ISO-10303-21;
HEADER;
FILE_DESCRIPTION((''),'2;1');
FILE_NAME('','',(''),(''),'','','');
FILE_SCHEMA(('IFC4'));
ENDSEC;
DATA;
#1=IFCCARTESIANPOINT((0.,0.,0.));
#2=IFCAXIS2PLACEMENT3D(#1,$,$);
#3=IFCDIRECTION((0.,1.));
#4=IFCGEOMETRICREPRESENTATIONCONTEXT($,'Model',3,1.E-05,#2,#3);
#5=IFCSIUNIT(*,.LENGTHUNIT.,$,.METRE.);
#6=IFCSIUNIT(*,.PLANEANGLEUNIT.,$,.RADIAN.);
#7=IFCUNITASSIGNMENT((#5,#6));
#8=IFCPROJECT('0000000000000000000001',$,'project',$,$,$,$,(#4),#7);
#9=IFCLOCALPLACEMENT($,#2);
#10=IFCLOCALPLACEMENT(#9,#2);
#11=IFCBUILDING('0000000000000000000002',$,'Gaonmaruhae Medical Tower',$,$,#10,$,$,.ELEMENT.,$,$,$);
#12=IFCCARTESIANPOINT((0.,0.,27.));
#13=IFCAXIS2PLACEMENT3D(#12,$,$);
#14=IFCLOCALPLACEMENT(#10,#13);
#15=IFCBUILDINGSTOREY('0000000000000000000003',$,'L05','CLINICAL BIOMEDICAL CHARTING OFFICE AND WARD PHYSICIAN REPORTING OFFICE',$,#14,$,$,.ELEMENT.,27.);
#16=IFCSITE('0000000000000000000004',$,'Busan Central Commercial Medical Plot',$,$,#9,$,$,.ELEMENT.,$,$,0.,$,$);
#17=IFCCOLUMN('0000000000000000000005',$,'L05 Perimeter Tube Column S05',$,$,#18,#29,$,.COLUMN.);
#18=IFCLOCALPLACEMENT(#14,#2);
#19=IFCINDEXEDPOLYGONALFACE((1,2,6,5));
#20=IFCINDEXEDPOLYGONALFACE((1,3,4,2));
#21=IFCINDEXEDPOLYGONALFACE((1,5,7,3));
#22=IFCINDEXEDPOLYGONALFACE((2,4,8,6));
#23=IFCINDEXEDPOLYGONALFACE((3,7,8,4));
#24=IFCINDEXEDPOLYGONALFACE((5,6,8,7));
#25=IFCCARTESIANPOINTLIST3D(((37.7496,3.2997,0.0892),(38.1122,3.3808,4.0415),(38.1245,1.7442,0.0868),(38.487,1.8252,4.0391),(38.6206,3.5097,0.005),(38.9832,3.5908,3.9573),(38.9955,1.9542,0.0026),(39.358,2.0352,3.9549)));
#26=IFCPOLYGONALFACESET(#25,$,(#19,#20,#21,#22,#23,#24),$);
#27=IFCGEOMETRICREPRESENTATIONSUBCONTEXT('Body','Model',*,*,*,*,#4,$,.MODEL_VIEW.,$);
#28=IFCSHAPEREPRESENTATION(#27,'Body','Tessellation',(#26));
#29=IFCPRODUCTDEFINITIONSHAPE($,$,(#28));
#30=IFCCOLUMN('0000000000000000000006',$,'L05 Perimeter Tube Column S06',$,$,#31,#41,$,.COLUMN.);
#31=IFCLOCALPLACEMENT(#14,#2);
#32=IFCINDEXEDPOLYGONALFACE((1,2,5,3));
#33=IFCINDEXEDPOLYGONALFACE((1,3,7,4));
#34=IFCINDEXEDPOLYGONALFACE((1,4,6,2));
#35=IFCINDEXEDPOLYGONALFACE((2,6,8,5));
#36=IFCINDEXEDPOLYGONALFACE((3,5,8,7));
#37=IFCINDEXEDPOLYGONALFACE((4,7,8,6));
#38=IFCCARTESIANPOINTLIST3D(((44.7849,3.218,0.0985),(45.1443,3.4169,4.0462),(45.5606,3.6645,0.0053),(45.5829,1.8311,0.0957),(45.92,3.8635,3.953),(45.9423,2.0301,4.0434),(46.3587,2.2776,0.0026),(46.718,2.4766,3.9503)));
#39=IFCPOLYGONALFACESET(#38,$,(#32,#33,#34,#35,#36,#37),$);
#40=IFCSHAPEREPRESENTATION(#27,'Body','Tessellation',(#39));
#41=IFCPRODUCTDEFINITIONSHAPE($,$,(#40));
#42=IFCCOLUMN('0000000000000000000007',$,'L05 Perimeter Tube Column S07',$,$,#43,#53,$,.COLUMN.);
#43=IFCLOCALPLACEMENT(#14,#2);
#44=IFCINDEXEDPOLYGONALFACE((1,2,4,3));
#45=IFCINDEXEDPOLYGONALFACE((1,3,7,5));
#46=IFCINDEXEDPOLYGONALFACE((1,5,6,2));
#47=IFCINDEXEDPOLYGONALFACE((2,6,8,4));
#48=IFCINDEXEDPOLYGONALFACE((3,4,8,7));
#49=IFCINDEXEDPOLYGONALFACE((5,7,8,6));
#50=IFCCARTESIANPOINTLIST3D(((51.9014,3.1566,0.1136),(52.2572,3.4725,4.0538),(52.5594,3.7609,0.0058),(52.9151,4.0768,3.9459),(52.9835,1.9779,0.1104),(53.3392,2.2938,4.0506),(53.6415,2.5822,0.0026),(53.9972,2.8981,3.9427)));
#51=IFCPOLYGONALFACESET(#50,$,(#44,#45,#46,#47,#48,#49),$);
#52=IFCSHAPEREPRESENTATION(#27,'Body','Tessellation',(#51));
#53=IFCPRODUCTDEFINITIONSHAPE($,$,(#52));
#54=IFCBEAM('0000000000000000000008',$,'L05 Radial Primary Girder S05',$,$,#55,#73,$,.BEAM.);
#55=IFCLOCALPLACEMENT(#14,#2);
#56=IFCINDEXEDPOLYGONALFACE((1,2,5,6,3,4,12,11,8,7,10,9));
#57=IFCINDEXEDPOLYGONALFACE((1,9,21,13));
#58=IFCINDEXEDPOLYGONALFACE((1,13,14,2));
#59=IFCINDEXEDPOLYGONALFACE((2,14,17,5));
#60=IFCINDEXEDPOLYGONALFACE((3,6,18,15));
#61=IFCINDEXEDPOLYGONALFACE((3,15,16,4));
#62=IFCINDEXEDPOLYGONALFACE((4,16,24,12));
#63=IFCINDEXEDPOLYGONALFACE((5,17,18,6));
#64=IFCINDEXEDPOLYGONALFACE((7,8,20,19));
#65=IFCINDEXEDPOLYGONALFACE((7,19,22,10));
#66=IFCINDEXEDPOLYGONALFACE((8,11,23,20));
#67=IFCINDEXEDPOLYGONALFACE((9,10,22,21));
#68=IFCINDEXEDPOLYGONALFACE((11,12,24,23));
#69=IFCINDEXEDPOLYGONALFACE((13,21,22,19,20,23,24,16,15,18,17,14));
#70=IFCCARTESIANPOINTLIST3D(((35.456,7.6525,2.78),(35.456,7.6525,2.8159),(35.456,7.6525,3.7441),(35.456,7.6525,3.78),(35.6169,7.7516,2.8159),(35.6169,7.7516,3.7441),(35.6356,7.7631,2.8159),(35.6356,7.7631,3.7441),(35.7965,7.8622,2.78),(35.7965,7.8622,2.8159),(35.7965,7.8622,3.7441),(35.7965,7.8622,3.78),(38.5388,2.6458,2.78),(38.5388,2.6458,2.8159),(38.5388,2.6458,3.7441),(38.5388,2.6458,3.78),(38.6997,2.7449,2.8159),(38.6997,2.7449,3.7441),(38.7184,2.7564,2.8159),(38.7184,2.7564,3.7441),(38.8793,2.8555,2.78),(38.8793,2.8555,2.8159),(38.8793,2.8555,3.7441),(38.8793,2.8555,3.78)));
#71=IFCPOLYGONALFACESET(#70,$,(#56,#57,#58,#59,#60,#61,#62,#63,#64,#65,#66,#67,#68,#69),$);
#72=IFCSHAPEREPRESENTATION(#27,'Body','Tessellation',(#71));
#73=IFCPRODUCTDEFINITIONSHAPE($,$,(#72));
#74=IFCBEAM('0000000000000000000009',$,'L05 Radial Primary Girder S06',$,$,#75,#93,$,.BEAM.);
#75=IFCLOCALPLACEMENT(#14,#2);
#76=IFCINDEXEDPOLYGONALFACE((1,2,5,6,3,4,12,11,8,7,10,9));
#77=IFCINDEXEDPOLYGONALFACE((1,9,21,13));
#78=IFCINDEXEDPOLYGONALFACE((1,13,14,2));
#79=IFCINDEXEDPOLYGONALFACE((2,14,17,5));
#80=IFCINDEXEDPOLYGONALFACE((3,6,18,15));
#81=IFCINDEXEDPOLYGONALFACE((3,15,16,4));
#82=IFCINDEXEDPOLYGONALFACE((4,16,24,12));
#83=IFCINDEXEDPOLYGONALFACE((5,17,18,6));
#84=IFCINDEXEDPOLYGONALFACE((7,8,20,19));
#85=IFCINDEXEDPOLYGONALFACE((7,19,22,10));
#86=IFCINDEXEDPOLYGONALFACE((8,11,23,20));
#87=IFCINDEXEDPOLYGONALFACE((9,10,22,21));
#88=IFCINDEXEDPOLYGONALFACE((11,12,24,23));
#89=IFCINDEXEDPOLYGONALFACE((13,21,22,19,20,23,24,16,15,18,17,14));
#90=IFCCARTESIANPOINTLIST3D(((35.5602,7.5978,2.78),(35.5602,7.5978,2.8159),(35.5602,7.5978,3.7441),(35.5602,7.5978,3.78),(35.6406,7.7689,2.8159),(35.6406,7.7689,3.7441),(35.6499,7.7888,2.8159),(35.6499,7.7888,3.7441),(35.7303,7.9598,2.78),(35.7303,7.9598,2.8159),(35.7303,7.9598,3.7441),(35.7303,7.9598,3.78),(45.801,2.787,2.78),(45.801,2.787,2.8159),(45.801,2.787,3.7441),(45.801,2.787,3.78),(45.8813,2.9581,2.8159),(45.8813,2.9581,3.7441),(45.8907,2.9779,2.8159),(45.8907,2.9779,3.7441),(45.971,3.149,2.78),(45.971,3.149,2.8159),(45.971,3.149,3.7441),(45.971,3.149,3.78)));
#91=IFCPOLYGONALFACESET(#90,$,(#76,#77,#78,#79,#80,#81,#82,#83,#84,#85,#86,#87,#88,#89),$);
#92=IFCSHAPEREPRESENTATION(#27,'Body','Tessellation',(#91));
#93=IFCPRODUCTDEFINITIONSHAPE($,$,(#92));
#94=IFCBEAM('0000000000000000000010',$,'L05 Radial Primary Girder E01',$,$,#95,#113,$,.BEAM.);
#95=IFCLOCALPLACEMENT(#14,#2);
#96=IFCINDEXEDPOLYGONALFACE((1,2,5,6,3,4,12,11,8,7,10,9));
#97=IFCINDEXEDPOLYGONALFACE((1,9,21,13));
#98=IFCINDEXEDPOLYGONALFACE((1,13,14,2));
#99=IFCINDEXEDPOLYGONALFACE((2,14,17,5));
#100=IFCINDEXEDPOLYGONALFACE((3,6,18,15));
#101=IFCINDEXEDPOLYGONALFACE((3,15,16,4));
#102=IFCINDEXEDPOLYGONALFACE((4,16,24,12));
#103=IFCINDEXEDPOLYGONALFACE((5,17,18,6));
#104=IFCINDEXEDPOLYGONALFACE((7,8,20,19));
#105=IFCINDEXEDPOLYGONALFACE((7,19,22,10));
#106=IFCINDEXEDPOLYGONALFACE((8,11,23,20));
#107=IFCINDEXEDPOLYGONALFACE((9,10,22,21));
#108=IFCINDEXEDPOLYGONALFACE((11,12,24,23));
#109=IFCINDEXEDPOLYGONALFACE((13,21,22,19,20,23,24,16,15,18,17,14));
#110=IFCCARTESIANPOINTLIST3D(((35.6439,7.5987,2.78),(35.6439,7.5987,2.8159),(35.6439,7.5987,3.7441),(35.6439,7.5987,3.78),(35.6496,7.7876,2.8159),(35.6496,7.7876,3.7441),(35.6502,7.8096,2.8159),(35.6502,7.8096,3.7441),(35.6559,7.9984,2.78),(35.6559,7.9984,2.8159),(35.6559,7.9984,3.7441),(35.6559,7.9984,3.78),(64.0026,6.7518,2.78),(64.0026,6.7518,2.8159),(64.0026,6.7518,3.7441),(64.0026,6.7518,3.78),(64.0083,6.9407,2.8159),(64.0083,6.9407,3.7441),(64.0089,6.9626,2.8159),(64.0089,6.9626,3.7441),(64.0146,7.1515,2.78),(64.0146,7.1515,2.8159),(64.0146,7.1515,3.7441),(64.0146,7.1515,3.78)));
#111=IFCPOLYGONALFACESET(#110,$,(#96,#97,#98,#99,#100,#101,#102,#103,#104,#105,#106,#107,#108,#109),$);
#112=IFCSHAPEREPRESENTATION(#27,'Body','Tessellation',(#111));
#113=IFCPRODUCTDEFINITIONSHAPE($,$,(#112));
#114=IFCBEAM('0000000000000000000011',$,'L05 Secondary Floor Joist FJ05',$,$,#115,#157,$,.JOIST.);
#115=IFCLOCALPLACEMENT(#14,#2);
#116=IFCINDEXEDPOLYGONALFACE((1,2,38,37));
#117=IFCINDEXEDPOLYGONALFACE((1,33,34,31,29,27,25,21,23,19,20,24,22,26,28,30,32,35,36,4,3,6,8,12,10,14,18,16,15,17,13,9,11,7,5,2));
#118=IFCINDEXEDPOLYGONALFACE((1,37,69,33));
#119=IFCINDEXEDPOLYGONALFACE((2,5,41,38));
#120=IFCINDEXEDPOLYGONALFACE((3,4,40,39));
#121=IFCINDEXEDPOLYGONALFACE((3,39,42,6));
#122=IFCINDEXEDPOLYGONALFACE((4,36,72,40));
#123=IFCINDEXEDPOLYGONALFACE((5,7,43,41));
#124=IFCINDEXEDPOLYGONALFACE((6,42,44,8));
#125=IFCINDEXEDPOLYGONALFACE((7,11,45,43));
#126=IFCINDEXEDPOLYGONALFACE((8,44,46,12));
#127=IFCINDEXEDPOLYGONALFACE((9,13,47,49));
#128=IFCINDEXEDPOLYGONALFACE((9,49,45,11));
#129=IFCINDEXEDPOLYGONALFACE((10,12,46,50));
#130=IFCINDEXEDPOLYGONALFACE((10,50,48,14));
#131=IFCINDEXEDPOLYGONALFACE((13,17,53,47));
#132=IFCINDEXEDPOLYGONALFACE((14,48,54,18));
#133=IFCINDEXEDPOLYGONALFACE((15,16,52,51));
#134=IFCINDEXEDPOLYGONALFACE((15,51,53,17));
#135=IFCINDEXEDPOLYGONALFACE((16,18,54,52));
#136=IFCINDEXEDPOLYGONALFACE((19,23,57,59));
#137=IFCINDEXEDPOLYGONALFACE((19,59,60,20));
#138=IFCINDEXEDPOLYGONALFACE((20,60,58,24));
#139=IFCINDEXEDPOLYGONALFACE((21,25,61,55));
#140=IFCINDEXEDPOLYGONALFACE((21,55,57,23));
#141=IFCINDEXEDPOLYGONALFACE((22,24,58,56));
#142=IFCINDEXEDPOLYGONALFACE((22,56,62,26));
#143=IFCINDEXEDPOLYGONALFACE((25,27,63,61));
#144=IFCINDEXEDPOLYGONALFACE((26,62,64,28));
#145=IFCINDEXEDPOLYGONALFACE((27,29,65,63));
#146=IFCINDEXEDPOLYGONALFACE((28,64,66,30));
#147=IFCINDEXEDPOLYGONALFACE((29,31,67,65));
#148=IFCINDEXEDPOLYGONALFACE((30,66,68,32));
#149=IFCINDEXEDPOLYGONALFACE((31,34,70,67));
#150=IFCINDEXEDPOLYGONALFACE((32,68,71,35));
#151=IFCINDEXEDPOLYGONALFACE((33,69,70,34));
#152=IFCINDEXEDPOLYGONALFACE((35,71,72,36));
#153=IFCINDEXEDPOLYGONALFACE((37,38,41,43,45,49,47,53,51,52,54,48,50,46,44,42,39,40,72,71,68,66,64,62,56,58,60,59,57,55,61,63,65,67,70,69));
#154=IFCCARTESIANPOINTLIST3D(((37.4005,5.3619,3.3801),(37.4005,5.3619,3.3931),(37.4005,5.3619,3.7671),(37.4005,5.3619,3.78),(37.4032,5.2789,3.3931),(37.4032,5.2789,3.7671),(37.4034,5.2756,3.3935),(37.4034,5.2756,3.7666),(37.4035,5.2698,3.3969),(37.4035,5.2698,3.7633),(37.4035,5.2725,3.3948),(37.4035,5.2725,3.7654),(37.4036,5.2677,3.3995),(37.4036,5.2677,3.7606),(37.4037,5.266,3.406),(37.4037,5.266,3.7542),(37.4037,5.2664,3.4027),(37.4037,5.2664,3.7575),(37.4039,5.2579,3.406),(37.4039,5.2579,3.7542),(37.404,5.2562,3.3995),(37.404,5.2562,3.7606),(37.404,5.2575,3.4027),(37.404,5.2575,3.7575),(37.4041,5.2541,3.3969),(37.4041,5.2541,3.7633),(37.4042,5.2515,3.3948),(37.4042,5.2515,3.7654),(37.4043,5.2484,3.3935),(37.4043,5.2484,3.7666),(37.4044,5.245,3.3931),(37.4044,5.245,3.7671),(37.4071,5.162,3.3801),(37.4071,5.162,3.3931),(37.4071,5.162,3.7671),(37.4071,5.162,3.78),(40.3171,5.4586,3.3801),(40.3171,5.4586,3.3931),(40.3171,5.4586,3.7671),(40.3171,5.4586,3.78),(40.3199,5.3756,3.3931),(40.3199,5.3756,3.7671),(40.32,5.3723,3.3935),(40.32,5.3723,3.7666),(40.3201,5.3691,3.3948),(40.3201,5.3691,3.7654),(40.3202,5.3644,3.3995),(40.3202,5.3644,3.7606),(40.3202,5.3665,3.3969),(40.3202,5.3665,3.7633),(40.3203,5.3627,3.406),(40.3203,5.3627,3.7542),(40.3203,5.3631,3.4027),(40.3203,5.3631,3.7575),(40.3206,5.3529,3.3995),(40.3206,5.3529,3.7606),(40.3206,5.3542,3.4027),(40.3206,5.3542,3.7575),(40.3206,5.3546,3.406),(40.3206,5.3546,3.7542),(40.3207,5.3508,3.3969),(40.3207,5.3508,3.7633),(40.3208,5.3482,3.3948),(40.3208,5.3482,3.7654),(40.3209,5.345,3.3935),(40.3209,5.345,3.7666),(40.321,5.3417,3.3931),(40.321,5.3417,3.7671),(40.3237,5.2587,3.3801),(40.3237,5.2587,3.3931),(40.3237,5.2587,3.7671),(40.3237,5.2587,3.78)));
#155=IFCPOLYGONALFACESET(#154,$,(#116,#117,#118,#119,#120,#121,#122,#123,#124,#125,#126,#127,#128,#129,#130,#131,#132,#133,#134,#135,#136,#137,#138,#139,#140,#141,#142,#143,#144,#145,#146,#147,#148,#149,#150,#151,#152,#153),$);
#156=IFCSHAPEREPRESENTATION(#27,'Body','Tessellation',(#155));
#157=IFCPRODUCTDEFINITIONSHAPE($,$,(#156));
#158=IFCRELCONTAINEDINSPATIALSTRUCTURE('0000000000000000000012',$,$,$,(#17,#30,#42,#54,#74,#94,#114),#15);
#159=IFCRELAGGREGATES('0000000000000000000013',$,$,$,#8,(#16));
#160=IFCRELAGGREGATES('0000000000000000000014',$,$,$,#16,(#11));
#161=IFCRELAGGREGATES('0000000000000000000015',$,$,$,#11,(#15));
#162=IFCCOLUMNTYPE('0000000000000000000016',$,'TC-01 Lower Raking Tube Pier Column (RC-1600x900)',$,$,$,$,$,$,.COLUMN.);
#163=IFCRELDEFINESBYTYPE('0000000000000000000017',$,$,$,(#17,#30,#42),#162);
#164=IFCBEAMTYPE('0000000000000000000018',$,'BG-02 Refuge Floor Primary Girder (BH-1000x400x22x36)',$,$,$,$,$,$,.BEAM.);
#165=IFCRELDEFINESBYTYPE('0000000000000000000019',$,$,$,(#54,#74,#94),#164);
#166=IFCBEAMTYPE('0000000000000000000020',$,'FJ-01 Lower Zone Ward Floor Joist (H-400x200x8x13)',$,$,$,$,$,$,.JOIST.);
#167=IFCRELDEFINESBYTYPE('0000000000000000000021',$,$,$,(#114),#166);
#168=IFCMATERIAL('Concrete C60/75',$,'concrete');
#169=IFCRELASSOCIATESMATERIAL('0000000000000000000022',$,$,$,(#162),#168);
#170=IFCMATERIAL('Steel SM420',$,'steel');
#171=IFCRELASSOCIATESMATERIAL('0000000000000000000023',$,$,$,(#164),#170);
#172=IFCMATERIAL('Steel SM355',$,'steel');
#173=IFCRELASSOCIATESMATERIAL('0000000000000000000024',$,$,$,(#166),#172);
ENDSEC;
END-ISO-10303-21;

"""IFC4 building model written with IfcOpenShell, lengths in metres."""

from ifc_helpers import new_model, si_unit, direction, frame, origin, origin_2d, place, context, subcontext, project, spatial, rectangle, i_section, extrude, material, material_profile, profile_set, type_object, element, save


model = new_model("IFC4")

# Units and contexts
model_context = context("Model", 3, precision=1e-05, world=origin(), true_north=direction((0.0, 1.0)))
body_context = subcontext(model_context, "Body", "Model", "MODEL_VIEW")
ifc_project = project(units=[si_unit("LENGTHUNIT", "METRE"), si_unit("PLANEANGLEUNIT", "RADIAN")], contexts=[model_context])

# Site, building, storey
site_placement = place(None, origin())
site = spatial("IfcSite", under=ifc_project, at=site_placement, Name="Busan Central Commercial Medical Plot", CompositionType="ELEMENT", RefElevation=0.0)
building_placement = place(site_placement, origin())
building = spatial("IfcBuilding", under=site, at=building_placement, Name="Gaonmaruhae Medical Tower", CompositionType="ELEMENT")
storey_placement = place(building_placement, frame((0.0, 0.0, 27.0)))
storey = spatial("IfcBuildingStorey", under=building, at=storey_placement, Name="L05", Description="CLINICAL BIOMEDICAL CHARTING OFFICE AND WARD PHYSICIAN REPORTING OFFICE", CompositionType="ELEMENT", Elevation=27.0)

# Columns
ifc_material_1 = material(Name="Concrete C60/75", Category="concrete")
ifc_material_profile_1 = material_profile(ifc_material_1, rectangle(XDim=1.6001, YDim=0.8999, at=origin_2d()), Name="RC-1600x900")
ifc_profile_set_1 = profile_set([ifc_material_profile_1], Name="Concrete C60/75")
column_type = type_object("IfcColumnType", Name="TC-01 Lower Raking Tube Pier Column (RC-1600x900)", PredefinedType="COLUMN", material=ifc_profile_set_1)
column_1_placement = place(storey_placement, frame((38.3726, 2.627, 0.0459), z_axis=(0.091326, 0.020418, 0.995612), x_axis=(-0.234262, 0.972172, 0.001552)))
element("IfcColumn", 1, at=column_1_placement, inside=storey, type_object=column_type, Name="L05 Perimeter Tube Column S05", PredefinedType="COLUMN", context=body_context, shape_type="SweptSolid", body=[
    extrude(rectangle(XDim=1.6001, YDim=0.8999, at=origin_2d()), origin(), (0.0, 0.0, 1.0), 3.9697),
])
column_2_placement = place(storey_placement, frame((45.5718, 2.7478, 0.0505), z_axis=(0.090544, 0.050131, 0.99463), x_axis=(-0.498741, 0.866749, 0.001716)))
element("IfcColumn", 2, at=column_2_placement, inside=storey, type_object=column_type, Name="L05 Perimeter Tube Column S06", PredefinedType="COLUMN", context=body_context, shape_type="SweptSolid", body=[
    extrude(rectangle(XDim=1.6001, YDim=0.8999, at=origin_2d()), origin(), (0.0, 0.0, 1.0), 3.969),
])
column_3_placement = place(storey_placement, frame((52.7715, 2.8694, 0.0581), z_axis=(0.089627, 0.0796, 0.992789), x_axis=(-0.676261, 0.736659, 0.001987)))
element("IfcColumn", 3, at=column_3_placement, inside=storey, type_object=column_type, Name="L05 Perimeter Tube Column S07", PredefinedType="COLUMN", context=body_context, shape_type="SweptSolid", body=[
    extrude(rectangle(XDim=1.6001, YDim=0.8999, at=origin_2d()), origin(), (0.0, 0.0, 1.0), 3.9688),
])

# Beams
ifc_material_2 = material(Name="Steel SM420", Category="steel")
ifc_material_profile_2 = material_profile(ifc_material_2, i_section(OverallWidth=0.3999, OverallDepth=1.0, WebThickness=0.022, FlangeThickness=0.0359, at=origin_2d()), Name="BH-1000x400x22x36")
ifc_profile_set_2 = profile_set([ifc_material_profile_2], Name="Steel SM420")
beam_type_1 = type_object("IfcBeamType", Name="BG-02 Refuge Floor Primary Girder (BH-1000x400x22x36)", PredefinedType="BEAM", material=ifc_profile_set_2)
beam_1_placement = place(storey_placement, frame((35.6262, 7.7573, 3.28), z_axis=(0.524318, -0.851523, 0.0), x_axis=(0.851523, 0.524318, 0.0)))
element("IfcBeam", 4, at=beam_1_placement, inside=storey, type_object=beam_type_1, Name="L05 Radial Primary Girder S05", PredefinedType="BEAM", context=body_context, shape_type="SweptSolid", body=[
    extrude(i_section(OverallWidth=0.3999, OverallDepth=1.0, WebThickness=0.022, FlangeThickness=0.0359, at=origin_2d()), origin(), (0.0, 0.0, 1.0), 5.8796),
])
beam_2_placement = place(storey_placement, frame((35.6453, 7.7788, 3.28), z_axis=(0.905104, -0.425191, 0.0), x_axis=(0.425191, 0.905104, 0.0)))
element("IfcBeam", 5, at=beam_2_placement, inside=storey, type_object=beam_type_1, Name="L05 Radial Primary Girder S06", PredefinedType="BEAM", context=body_context, shape_type="SweptSolid", body=[
    extrude(i_section(OverallWidth=0.3999, OverallDepth=1.0, WebThickness=0.022, FlangeThickness=0.0359, at=origin_2d()), origin(), (0.0, 0.0, 1.0), 11.3145),
])
beam_3_placement = place(storey_placement, frame((35.6499, 7.7986, 3.28), z_axis=(0.999554, -0.029851, 0.0), x_axis=(0.029851, 0.999554, 0.0)))
element("IfcBeam", 6, at=beam_3_placement, inside=storey, type_object=beam_type_1, Name="L05 Radial Primary Girder E01", PredefinedType="BEAM", context=body_context, shape_type="SweptSolid", body=[
    extrude(i_section(OverallWidth=0.3999, OverallDepth=1.0, WebThickness=0.022, FlangeThickness=0.0359, at=origin_2d()), origin(), (0.0, 0.0, 1.0), 28.3713),
])
ifc_material_3 = material(Name="Steel SM355", Category="steel")
ifc_material_profile_3 = material_profile(ifc_material_3, i_section(OverallWidth=0.2, OverallDepth=0.3999, WebThickness=0.0081, FlangeThickness=0.0129, FilletRadius=0.0129, at=origin_2d()), Name="H-400x200x8x13")
ifc_profile_set_3 = profile_set([ifc_material_profile_3], Name="Steel SM355")
beam_type_2 = type_object("IfcBeamType", Name="FJ-01 Lower Zone Ward Floor Joist (H-400x200x8x13)", PredefinedType="JOIST", material=ifc_profile_set_3)
beam_4_placement = place(storey_placement, frame((37.4038, 5.262, 3.5801), z_axis=(0.999451, 0.033131, 0.0), x_axis=(-0.033131, 0.999451, 0.0)))
element("IfcBeam", 7, at=beam_4_placement, inside=storey, type_object=beam_type_2, Name="L05 Secondary Floor Joist FJ05", PredefinedType="JOIST", context=body_context, shape_type="SweptSolid", body=[
    extrude(i_section(OverallWidth=0.2, OverallDepth=0.3999, WebThickness=0.0081, FlangeThickness=0.0129, FilletRadius=0.0129, at=origin_2d()), origin(), (0.0, 0.0, 1.0), 2.9182),
])

save(model, "model.ifc")
